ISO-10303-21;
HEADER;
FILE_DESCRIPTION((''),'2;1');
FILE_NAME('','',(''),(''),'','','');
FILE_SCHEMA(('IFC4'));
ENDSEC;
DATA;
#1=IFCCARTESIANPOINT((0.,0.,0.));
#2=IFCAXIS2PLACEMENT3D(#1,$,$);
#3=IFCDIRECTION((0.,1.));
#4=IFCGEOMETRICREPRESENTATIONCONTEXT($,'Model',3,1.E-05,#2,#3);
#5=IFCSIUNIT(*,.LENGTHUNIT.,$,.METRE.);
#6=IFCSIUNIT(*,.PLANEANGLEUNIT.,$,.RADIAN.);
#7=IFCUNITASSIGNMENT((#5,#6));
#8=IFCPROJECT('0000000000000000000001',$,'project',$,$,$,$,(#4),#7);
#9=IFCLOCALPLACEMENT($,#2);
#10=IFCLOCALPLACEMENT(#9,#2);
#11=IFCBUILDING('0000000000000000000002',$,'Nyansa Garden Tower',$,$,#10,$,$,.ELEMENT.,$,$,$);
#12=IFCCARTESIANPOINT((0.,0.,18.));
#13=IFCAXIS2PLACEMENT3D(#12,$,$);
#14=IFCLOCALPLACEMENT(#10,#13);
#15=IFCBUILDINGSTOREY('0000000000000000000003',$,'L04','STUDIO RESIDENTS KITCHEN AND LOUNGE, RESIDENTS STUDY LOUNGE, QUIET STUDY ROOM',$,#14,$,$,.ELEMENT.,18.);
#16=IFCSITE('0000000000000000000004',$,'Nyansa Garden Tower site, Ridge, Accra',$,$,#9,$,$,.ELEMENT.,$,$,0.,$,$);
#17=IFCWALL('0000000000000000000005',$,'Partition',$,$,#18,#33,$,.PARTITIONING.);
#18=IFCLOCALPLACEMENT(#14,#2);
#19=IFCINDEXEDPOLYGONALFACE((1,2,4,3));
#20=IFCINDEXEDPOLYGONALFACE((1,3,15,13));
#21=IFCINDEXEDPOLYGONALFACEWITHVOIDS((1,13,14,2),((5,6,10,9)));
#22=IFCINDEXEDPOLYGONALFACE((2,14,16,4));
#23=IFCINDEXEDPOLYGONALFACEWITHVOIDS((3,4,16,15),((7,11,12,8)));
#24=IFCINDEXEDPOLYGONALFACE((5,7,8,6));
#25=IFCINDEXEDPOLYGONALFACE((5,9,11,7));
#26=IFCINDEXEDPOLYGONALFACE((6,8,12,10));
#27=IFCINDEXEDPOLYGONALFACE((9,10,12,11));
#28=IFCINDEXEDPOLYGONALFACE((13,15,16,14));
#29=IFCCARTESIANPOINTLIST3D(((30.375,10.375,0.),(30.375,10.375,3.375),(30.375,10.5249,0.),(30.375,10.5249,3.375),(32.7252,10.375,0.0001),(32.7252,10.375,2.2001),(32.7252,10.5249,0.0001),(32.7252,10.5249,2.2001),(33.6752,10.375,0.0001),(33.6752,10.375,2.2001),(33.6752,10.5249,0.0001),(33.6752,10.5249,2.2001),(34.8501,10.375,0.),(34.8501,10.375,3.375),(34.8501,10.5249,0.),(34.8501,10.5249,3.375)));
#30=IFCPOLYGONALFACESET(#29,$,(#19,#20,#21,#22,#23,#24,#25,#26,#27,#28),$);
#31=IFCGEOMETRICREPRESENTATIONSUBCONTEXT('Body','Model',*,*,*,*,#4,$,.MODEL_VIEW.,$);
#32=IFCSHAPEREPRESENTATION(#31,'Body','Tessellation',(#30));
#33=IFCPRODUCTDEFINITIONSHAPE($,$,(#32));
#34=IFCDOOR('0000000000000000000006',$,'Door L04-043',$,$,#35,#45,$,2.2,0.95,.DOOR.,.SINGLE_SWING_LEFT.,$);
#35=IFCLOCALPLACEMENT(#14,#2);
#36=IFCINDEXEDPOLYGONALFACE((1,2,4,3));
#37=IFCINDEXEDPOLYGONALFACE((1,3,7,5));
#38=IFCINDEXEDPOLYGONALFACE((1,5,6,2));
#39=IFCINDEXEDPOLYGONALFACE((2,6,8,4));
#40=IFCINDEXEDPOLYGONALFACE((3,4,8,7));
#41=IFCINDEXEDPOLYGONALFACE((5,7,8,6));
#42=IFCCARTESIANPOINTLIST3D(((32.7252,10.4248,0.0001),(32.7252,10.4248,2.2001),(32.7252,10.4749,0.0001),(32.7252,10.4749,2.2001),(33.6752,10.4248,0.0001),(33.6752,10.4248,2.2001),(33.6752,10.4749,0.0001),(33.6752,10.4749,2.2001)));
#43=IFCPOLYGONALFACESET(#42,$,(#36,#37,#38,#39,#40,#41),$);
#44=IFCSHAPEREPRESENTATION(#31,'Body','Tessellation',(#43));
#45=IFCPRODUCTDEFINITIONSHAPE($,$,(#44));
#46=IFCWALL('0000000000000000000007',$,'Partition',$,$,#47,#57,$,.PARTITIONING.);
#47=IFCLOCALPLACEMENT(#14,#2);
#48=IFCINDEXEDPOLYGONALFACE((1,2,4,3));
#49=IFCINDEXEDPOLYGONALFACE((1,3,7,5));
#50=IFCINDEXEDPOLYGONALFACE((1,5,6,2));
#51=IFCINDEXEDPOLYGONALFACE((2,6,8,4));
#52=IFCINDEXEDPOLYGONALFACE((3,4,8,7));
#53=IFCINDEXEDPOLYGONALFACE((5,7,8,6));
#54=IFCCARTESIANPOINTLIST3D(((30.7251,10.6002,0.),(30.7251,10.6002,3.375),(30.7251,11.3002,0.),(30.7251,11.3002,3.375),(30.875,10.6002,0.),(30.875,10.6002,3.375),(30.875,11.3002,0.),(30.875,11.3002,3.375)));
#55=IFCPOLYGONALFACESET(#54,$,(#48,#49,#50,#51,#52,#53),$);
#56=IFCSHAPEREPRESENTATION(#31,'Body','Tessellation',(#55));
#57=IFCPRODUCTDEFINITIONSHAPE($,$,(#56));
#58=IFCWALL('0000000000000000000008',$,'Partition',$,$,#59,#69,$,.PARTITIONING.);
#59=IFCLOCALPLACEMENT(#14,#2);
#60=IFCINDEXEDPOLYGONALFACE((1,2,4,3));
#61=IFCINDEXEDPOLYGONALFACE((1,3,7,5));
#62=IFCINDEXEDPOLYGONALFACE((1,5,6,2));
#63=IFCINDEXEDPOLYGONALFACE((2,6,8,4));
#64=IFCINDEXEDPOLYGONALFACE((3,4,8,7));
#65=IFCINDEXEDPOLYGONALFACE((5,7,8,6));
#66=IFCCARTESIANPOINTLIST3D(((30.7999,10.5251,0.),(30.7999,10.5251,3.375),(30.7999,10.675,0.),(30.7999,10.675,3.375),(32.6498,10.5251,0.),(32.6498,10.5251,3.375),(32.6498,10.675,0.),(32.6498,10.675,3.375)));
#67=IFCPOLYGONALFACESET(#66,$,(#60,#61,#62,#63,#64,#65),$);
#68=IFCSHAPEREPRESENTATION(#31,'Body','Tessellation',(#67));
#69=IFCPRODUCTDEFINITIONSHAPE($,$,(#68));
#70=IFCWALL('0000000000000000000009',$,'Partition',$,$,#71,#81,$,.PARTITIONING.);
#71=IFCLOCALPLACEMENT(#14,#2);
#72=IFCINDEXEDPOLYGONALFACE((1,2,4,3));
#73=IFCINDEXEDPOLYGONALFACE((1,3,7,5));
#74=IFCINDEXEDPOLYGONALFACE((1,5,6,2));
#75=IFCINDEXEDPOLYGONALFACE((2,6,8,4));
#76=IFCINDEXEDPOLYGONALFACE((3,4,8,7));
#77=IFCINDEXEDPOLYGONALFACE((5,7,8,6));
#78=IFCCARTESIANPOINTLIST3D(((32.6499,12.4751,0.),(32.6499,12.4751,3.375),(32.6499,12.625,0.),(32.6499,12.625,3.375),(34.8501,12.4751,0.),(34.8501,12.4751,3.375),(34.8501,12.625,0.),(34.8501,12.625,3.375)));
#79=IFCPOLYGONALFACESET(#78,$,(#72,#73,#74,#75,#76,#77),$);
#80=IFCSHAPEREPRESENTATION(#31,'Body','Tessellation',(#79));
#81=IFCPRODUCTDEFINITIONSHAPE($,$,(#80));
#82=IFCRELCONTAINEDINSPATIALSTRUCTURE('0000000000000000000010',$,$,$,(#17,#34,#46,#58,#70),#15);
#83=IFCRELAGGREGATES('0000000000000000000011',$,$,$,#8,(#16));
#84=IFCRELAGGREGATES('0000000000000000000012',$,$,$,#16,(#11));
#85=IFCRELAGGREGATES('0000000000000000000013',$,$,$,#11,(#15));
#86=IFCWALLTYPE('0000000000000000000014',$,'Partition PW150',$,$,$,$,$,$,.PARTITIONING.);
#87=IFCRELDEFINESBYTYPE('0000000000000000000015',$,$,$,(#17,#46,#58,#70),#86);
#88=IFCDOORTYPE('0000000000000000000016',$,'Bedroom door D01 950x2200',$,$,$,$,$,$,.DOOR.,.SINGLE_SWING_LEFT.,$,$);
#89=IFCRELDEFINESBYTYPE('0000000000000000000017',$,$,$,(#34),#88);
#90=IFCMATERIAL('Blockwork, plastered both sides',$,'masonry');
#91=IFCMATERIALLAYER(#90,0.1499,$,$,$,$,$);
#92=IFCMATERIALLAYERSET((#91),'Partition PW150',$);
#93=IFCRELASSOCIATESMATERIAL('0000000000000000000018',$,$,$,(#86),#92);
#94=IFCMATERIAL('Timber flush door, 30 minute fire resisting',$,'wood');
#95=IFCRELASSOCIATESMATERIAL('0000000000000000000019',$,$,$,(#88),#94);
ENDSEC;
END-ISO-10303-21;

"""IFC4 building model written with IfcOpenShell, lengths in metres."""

from ifc_helpers import new_model, si_unit, direction, frame, frame_2d, origin, place, context, subcontext, project, spatial, rectangle, extrude, material, layer, layer_set, type_object, element, fill, save


model = new_model("IFC4")

# Units and contexts
model_context = context("Model", 3, precision=1e-05, world=origin(), true_north=direction((0.0, 1.0)))
body_context = subcontext(model_context, "Body", "Model", "MODEL_VIEW")
ifc_project = project(units=[si_unit("LENGTHUNIT", "METRE"), si_unit("PLANEANGLEUNIT", "RADIAN")], contexts=[model_context])

# Site, building, storey
site_placement = place(None, origin())
site = spatial("IfcSite", under=ifc_project, at=site_placement, Name="Nyansa Garden Tower site, Ridge, Accra", CompositionType="ELEMENT", RefElevation=0.0)
building_placement = place(site_placement, origin())
building = spatial("IfcBuilding", under=site, at=building_placement, Name="Nyansa Garden Tower", CompositionType="ELEMENT")
storey_placement = place(building_placement, frame((0.0, 0.0, 18.0)))
storey = spatial("IfcBuildingStorey", under=building, at=storey_placement, Name="L04", Description="STUDIO RESIDENTS KITCHEN AND LOUNGE, RESIDENTS STUDY LOUNGE, QUIET STUDY ROOM", CompositionType="ELEMENT", Elevation=18.0)

# Shared definitions
ifc_material_1 = material(Name="Blockwork, plastered both sides", Category="masonry")
ifc_layer_1 = layer(ifc_material_1, 0.1499)
ifc_layer_set_1 = layer_set([ifc_layer_1], Name="Partition PW150")
wall_type_1 = type_object("IfcWallType", Name="Partition PW150", PredefinedType="PARTITIONING", material=ifc_layer_set_1)
ifc_material_2 = material(Name="Timber flush door, 30 minute fire resisting", Category="wood")
door_type_1 = type_object("IfcDoorType", Name="Bedroom door D01 950x2200", OperationType="SINGLE_SWING_LEFT", PredefinedType="DOOR", material=ifc_material_2)

# Wall, opening, door
wall_1_placement = place(storey_placement, frame((30.375, 10.45, 0.0), z_axis=(0.0, 0.0, 1.0), x_axis=(1.0, 0.0, 0.0)))
wall_1 = element("IfcWall", 1, at=wall_1_placement, inside=storey, type_object=wall_type_1, Name="Partition", PredefinedType="PARTITIONING", context=body_context, shape_type="SweptSolid", body=[
    extrude(rectangle(XDim=4.4751, YDim=0.1499, at=frame_2d((2.2375, 0.0))), origin(), (0.0, 0.0, 1.0), 3.375),
])
opening_1_placement = place(wall_1_placement, frame((2.3501, 0.0, 0.0)))
opening_1 = element("IfcOpeningElement", 2, at=opening_1_placement, cuts=wall_1, PredefinedType="OPENING", context=body_context, shape_type="SweptSolid", body=[
    extrude(rectangle(XDim=0.95, YDim=2.2, at=frame_2d((0.4751, 1.1001))), frame((0.0, 0.085, 0.0), z_axis=(0.0, -1.0, 0.0), x_axis=(1.0, 0.0, 0.0)), (0.0, 0.0, 1.0), 0.1699),
])
door_1_placement = place(opening_1_placement, origin())
door_1 = element("IfcDoor", 3, at=door_1_placement, inside=storey, type_object=door_type_1, Name="Door L04-043", OperationType="SINGLE_SWING_LEFT", OverallHeight=2.2, OverallWidth=0.95, PredefinedType="DOOR", context=body_context, shape_type="SweptSolid", body=[
    extrude(rectangle(XDim=0.95, YDim=2.2, at=frame_2d((0.4751, 1.1001))), frame((0.0, 0.0249, 0.0), z_axis=(0.0, -1.0, 0.0), x_axis=(1.0, 0.0, 0.0)), (0.0, 0.0, 1.0), 0.05),
])
fill(opening_1, door_1)

# Walls
wall_2_placement = place(storey_placement, frame((30.8, 10.6001, 0.0), z_axis=(0.0, 0.0, 1.0), x_axis=(0.0, 1.0, 0.0)))
element("IfcWall", 4, at=wall_2_placement, inside=storey, type_object=wall_type_1, Name="Partition", PredefinedType="PARTITIONING", context=body_context, shape_type="SweptSolid", body=[
    extrude(rectangle(XDim=0.7, YDim=0.1499, at=frame_2d((0.3501, 0.0))), origin(), (0.0, 0.0, 1.0), 3.375),
])
wall_3_placement = place(storey_placement, frame((30.8, 10.6001, 0.0), z_axis=(0.0, 0.0, 1.0), x_axis=(1.0, 0.0, 0.0)))
element("IfcWall", 5, at=wall_3_placement, inside=storey, type_object=wall_type_1, Name="Partition", PredefinedType="PARTITIONING", context=body_context, shape_type="SweptSolid", body=[
    extrude(rectangle(XDim=1.8499, YDim=0.1499, at=frame_2d((0.9248, 0.0))), origin(), (0.0, 0.0, 1.0), 3.375),
])
wall_4_placement = place(storey_placement, frame((32.6499, 12.55, 0.0), z_axis=(0.0, 0.0, 1.0), x_axis=(1.0, 0.0, 0.0)))
element("IfcWall", 6, at=wall_4_placement, inside=storey, type_object=wall_type_1, Name="Partition", PredefinedType="PARTITIONING", context=body_context, shape_type="SweptSolid", body=[
    extrude(rectangle(XDim=2.2002, YDim=0.1499, at=frame_2d((1.1001, 0.0))), origin(), (0.0, 0.0, 1.0), 3.375),
])

save(model, "model.ifc")
